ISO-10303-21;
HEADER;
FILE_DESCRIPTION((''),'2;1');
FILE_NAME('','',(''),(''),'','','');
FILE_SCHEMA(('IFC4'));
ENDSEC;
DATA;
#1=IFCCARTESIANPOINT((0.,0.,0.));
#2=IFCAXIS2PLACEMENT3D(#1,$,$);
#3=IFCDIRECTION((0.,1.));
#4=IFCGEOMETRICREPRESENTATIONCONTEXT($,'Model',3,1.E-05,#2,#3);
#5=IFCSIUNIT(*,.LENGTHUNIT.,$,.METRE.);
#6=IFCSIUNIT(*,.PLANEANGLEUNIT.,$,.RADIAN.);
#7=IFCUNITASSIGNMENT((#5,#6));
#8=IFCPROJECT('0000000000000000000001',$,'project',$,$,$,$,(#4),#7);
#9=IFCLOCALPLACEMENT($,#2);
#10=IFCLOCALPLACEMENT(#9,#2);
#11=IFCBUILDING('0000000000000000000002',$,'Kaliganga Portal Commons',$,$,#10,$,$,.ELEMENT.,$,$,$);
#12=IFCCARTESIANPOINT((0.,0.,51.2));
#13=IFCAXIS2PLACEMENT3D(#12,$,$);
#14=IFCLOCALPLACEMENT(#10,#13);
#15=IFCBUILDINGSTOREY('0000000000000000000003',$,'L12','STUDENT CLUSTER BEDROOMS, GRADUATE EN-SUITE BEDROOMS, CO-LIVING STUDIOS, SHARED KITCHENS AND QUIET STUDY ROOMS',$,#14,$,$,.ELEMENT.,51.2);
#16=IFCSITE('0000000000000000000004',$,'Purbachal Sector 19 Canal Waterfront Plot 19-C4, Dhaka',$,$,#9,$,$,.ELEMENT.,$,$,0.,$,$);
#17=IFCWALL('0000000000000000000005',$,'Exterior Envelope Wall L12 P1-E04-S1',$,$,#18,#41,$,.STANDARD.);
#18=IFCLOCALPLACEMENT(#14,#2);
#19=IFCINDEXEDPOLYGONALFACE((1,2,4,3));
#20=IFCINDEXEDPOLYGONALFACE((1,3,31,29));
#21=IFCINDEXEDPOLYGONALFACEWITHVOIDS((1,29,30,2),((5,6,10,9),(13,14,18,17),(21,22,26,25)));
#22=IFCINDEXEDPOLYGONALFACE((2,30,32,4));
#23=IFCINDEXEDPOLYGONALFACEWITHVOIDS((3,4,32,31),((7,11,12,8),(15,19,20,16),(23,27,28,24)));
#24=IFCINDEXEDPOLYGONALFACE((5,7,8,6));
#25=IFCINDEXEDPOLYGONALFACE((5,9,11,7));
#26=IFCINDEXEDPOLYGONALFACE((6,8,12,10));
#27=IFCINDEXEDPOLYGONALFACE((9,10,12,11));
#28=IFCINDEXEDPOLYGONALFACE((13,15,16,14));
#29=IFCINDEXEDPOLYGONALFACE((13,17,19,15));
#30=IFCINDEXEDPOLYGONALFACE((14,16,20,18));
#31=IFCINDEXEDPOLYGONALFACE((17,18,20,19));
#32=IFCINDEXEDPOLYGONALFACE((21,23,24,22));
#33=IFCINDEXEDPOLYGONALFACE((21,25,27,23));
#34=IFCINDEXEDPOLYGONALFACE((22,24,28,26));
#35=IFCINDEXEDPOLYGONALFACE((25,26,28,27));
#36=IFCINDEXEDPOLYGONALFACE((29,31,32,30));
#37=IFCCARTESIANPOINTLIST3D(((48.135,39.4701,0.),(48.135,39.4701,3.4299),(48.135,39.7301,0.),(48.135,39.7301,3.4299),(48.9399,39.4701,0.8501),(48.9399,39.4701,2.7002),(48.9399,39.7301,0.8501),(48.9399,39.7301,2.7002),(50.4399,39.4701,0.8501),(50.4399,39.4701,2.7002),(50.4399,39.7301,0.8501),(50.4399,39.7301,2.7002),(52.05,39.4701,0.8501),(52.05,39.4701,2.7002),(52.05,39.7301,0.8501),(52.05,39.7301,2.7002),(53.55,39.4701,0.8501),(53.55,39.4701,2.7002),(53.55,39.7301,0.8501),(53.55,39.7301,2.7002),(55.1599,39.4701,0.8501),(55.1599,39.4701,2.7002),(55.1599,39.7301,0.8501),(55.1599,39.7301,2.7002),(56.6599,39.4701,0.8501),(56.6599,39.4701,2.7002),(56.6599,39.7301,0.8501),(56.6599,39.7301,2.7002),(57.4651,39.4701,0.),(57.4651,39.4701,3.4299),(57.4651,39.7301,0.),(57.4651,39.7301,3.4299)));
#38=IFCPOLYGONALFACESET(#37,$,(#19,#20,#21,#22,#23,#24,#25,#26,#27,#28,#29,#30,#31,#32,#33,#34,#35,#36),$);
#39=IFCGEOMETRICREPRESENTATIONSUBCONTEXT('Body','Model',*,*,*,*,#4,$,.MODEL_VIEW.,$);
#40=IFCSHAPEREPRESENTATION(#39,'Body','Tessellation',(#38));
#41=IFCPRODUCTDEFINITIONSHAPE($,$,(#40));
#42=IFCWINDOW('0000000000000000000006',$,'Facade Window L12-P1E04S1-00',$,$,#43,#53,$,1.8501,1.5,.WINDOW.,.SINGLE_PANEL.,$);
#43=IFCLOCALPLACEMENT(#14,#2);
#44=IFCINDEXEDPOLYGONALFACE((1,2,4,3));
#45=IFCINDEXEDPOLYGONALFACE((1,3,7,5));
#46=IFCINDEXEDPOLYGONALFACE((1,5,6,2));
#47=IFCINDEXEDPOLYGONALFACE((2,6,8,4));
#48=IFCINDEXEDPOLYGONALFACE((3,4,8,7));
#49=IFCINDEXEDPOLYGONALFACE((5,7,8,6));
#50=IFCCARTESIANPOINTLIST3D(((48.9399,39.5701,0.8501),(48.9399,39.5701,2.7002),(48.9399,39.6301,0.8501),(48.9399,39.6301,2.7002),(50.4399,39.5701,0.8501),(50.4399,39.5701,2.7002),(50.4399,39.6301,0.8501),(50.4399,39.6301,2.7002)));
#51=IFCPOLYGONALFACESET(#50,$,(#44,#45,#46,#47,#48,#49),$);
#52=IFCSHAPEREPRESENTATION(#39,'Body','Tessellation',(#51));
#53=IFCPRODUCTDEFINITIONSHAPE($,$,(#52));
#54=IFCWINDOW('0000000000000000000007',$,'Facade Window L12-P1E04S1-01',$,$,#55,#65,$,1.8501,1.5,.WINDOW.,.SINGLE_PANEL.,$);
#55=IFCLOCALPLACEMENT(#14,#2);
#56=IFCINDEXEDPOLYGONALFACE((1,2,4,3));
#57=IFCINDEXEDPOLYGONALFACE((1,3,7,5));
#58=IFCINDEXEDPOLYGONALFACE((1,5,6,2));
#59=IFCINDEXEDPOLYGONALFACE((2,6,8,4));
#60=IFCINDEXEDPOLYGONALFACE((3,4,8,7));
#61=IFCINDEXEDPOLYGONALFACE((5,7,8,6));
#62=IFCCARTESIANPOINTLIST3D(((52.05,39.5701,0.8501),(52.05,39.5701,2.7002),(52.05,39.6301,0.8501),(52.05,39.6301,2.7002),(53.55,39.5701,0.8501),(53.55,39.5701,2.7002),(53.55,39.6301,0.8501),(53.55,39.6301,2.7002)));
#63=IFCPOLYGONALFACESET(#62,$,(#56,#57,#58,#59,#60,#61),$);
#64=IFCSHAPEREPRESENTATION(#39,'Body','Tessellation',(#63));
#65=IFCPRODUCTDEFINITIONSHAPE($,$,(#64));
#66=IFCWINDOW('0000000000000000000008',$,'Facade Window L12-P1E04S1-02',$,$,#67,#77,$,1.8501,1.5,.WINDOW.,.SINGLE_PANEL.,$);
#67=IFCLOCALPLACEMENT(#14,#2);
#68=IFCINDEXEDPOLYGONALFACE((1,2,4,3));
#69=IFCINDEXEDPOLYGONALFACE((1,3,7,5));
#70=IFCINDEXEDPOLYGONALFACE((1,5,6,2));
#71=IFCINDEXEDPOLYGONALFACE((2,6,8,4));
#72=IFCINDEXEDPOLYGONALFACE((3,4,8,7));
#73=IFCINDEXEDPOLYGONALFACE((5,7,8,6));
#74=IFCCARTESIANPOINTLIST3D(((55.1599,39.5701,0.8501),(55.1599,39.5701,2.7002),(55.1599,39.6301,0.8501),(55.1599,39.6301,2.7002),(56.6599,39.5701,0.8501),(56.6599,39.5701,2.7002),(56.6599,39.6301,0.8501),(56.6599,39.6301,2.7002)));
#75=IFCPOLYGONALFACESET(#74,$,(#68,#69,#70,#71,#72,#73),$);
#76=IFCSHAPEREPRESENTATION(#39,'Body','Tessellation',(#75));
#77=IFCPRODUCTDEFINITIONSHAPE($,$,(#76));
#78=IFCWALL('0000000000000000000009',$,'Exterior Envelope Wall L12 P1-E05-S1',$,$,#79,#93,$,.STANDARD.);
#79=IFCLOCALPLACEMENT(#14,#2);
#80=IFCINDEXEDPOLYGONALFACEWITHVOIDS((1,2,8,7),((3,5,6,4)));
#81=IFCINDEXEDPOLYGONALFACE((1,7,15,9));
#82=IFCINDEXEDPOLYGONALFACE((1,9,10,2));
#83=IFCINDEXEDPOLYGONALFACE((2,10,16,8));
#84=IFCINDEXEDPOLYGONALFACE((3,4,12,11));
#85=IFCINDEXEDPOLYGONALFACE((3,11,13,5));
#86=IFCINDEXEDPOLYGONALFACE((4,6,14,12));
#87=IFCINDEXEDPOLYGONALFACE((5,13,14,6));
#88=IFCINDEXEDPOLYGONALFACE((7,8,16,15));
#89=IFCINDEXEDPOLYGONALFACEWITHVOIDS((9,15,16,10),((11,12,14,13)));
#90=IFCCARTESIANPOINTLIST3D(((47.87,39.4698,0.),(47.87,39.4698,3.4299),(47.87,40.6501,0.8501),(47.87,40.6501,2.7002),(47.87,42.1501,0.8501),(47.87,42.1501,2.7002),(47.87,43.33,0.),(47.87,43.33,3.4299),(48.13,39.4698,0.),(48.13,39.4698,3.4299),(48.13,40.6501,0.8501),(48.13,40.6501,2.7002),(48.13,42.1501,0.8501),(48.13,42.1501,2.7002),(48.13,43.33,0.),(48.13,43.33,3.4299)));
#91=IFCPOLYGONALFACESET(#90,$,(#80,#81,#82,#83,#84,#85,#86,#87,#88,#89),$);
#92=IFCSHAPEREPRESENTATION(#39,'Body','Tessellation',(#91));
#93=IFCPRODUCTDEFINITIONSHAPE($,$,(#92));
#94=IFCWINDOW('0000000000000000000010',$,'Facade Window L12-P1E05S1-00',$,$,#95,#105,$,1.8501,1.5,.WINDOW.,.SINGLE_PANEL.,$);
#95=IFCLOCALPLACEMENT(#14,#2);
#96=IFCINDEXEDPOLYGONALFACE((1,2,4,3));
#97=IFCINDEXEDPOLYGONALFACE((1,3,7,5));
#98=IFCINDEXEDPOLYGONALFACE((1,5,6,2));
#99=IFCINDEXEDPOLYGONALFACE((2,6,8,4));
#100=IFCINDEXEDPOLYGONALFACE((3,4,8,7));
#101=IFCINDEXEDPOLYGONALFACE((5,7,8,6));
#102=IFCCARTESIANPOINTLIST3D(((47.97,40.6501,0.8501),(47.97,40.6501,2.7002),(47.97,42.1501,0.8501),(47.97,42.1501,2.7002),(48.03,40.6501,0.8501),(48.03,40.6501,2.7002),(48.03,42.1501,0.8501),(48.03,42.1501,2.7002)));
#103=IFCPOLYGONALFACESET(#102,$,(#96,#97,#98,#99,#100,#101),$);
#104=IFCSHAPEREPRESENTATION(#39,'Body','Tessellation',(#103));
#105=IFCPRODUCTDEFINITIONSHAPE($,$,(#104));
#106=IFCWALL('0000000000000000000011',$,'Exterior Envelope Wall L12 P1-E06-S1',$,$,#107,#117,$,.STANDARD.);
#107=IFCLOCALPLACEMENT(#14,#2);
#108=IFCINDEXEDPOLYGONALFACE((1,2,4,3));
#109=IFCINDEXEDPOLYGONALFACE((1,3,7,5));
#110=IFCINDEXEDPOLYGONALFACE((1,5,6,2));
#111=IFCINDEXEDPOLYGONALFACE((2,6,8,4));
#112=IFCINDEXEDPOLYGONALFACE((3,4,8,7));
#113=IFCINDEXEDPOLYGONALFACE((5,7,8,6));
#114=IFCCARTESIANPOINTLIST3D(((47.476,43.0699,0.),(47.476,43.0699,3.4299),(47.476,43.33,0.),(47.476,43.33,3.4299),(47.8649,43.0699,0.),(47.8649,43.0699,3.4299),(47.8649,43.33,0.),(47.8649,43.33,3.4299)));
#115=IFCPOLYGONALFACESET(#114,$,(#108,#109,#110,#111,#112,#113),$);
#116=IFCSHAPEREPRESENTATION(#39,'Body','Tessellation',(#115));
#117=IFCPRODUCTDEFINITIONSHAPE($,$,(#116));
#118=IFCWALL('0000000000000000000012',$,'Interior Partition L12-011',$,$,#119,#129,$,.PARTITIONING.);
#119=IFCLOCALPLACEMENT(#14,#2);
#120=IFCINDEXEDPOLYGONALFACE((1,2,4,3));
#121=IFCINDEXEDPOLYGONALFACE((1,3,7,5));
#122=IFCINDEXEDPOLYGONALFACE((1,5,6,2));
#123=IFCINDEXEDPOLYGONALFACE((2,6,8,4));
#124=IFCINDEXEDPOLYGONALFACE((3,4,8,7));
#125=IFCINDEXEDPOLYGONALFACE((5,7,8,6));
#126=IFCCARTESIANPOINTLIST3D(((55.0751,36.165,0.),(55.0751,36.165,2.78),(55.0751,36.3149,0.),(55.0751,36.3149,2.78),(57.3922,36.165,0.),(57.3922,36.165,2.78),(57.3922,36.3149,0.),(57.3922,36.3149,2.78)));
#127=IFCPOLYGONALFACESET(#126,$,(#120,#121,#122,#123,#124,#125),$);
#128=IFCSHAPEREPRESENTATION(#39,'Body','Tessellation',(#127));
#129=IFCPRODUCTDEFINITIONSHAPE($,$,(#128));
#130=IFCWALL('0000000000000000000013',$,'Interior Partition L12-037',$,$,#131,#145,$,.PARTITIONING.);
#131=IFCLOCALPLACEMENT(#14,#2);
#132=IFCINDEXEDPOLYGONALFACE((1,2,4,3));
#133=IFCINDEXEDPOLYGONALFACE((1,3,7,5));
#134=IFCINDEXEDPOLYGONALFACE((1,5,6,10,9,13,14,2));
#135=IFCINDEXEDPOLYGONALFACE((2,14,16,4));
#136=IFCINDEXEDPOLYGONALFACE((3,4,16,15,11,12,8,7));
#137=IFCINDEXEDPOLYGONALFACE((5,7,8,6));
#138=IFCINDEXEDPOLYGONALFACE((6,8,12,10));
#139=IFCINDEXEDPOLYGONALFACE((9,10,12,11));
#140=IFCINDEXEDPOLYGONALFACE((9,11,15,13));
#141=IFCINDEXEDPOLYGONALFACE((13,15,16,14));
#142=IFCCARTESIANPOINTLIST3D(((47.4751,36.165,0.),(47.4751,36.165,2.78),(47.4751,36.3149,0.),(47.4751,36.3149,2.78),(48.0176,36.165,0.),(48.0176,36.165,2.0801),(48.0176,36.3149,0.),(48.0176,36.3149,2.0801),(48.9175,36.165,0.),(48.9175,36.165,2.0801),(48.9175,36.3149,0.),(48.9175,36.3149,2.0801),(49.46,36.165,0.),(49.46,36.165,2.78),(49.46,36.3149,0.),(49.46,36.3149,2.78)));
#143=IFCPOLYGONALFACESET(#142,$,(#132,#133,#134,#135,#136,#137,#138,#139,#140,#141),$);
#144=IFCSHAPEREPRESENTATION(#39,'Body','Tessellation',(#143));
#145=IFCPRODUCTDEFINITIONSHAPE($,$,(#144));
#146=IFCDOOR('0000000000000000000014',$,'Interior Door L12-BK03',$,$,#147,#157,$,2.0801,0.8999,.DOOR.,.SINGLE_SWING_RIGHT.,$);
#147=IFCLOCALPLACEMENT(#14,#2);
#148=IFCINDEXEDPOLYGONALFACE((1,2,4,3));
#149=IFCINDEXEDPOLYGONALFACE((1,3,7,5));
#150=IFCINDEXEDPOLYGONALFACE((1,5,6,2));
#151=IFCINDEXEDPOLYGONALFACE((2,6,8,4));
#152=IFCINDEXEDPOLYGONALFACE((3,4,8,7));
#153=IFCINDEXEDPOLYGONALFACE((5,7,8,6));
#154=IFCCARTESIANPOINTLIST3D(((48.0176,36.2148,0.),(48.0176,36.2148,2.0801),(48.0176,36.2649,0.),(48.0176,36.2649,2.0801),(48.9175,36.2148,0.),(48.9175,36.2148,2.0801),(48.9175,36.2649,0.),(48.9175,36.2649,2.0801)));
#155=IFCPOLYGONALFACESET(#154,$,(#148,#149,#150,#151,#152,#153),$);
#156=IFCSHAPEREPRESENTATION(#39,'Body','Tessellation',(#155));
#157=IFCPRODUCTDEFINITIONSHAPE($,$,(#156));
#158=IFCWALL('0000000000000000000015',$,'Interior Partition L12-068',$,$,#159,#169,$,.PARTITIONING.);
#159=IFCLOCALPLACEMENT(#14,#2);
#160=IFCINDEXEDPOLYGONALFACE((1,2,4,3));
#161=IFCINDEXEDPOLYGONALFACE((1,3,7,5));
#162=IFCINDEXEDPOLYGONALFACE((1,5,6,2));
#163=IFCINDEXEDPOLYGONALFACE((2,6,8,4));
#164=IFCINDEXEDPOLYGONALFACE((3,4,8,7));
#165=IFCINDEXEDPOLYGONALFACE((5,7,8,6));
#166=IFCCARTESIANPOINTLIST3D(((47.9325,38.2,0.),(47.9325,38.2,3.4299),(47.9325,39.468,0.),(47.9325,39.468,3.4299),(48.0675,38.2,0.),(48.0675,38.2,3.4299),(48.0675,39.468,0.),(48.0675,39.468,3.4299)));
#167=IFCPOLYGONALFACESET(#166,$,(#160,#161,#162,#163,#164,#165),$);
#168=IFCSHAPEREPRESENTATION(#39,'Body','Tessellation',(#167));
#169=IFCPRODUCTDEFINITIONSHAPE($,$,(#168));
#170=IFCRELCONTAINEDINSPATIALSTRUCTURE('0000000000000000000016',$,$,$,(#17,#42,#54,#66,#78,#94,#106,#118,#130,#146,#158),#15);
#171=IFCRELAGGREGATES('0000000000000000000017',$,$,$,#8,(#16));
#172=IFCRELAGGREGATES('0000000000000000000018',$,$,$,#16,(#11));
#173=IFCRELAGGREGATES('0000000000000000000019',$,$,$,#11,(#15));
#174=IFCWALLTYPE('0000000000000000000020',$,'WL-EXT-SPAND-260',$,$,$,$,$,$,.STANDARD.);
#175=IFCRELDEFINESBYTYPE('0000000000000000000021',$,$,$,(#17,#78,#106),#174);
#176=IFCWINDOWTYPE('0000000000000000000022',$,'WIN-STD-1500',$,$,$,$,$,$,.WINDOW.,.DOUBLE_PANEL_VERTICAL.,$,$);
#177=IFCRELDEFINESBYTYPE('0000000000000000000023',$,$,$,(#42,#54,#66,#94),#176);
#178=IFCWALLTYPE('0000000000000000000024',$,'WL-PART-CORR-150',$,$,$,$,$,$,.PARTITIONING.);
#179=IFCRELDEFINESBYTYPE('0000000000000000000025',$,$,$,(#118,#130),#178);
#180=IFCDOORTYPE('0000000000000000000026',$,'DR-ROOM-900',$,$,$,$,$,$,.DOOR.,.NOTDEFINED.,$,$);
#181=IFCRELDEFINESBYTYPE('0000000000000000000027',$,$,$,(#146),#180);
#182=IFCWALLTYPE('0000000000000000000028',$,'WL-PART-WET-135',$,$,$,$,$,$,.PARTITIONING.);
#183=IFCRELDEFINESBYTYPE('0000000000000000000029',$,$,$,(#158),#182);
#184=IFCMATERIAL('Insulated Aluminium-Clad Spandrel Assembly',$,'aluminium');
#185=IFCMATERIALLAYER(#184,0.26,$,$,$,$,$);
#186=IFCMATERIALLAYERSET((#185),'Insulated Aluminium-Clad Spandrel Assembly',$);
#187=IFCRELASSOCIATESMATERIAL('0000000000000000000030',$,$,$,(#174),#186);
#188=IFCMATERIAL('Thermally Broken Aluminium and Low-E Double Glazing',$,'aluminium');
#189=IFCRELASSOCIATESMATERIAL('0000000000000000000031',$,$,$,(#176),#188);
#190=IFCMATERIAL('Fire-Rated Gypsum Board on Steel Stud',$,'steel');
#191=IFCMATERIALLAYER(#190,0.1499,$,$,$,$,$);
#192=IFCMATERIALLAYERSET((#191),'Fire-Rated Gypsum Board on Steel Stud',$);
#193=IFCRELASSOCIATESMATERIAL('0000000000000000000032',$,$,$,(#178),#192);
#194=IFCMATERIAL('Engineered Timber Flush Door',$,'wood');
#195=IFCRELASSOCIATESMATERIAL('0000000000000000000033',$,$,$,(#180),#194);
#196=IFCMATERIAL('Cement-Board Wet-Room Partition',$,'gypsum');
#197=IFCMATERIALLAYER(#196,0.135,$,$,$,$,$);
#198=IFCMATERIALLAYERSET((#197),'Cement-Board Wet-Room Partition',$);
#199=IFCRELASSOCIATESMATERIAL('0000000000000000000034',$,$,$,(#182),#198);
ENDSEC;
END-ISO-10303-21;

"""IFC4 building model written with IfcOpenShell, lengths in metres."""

from ifc_helpers import new_model, si_unit, direction, frame, frame_2d, origin, place, context, subcontext, project, spatial, rectangle, extrude, material, layer, layer_set, type_object, element, fill, save


model = new_model("IFC4")

# Units and contexts
model_context = context("Model", 3, precision=1e-05, world=origin(), true_north=direction((0.0, 1.0)))
body_context = subcontext(model_context, "Body", "Model", "MODEL_VIEW")
ifc_project = project(units=[si_unit("LENGTHUNIT", "METRE"), si_unit("PLANEANGLEUNIT", "RADIAN")], contexts=[model_context])

# Site, building, storey
site_placement = place(None, origin())
site = spatial("IfcSite", under=ifc_project, at=site_placement, Name="Purbachal Sector 19 Canal Waterfront Plot 19-C4, Dhaka", CompositionType="ELEMENT", RefElevation=0.0)
building_placement = place(site_placement, origin())
building = spatial("IfcBuilding", under=site, at=building_placement, Name="Kaliganga Portal Commons", CompositionType="ELEMENT")
storey_placement = place(building_placement, frame((0.0, 0.0, 51.2)))
storey = spatial("IfcBuildingStorey", under=building, at=storey_placement, Name="L12", Description="STUDENT CLUSTER BEDROOMS, GRADUATE EN-SUITE BEDROOMS, CO-LIVING STUDIOS, SHARED KITCHENS AND QUIET STUDY ROOMS", CompositionType="ELEMENT", Elevation=51.2)

# Wall, openings, windows
ifc_material_1 = material(Name="Insulated Aluminium-Clad Spandrel Assembly", Category="aluminium")
ifc_layer_1 = layer(ifc_material_1, 0.26)
ifc_layer_set_1 = layer_set([ifc_layer_1], Name="Insulated Aluminium-Clad Spandrel Assembly")
wall_type_1 = type_object("IfcWallType", Name="WL-EXT-SPAND-260", PredefinedType="STANDARD", material=ifc_layer_set_1)
ifc_material_2 = material(Name="Thermally Broken Aluminium and Low-E Double Glazing", Category="aluminium")
wall_1_placement = place(storey_placement, frame((48.135, 39.6001, 0.0), z_axis=(0.0, 0.0, 1.0), x_axis=(1.0, 0.0, 0.0)))
wall_1 = element("IfcWall", 1, at=wall_1_placement, inside=storey, type_object=wall_type_1, Name="Exterior Envelope Wall L12 P1-E04-S1", PredefinedType="STANDARD", context=body_context, shape_type="SweptSolid", body=[
    extrude(rectangle(XDim=9.3301, YDim=0.26, at=frame_2d((4.665, 0.0))), origin(), (0.0, 0.0, 1.0), 3.4299),
])
opening_1_placement = place(wall_1_placement, frame((0.8049, 0.0, 0.8501)))
opening_1 = element("IfcOpeningElement", 2, at=opening_1_placement, cuts=wall_1, PredefinedType="OPENING", context=body_context, shape_type="SweptSolid", body=[
    extrude(rectangle(XDim=1.5, YDim=1.8501, at=frame_2d((0.75, 0.925))), frame((0.0, 0.1401, 0.0), z_axis=(0.0, -1.0, 0.0), x_axis=(1.0, 0.0, 0.0)), (0.0, 0.0, 1.0), 0.28),
])
opening_2_placement = place(wall_1_placement, frame((3.915, 0.0, 0.8501)))
opening_2 = element("IfcOpeningElement", 3, at=opening_2_placement, cuts=wall_1, PredefinedType="OPENING", context=body_context, shape_type="SweptSolid", body=[
    extrude(rectangle(XDim=1.5, YDim=1.8501, at=frame_2d((0.75, 0.925))), frame((0.0, 0.1401, 0.0), z_axis=(0.0, -1.0, 0.0), x_axis=(1.0, 0.0, 0.0)), (0.0, 0.0, 1.0), 0.28),
])
opening_3_placement = place(wall_1_placement, frame((7.0249, 0.0, 0.8501)))
opening_3 = element("IfcOpeningElement", 4, at=opening_3_placement, cuts=wall_1, PredefinedType="OPENING", context=body_context, shape_type="SweptSolid", body=[
    extrude(rectangle(XDim=1.5, YDim=1.8501, at=frame_2d((0.75, 0.925))), frame((0.0, 0.1401, 0.0), z_axis=(0.0, -1.0, 0.0), x_axis=(1.0, 0.0, 0.0)), (0.0, 0.0, 1.0), 0.28),
])
window_type_1 = type_object("IfcWindowType", Name="WIN-STD-1500", PartitioningType="DOUBLE_PANEL_VERTICAL", PredefinedType="WINDOW", material=ifc_material_2)
window_1_placement = place(opening_1_placement, origin())
window_1 = element("IfcWindow", 5, at=window_1_placement, inside=storey, type_object=window_type_1, Name="Facade Window L12-P1E04S1-00", OverallHeight=1.8501, OverallWidth=1.5, PartitioningType="SINGLE_PANEL", PredefinedType="WINDOW", context=body_context, shape_type="SweptSolid", body=[
    extrude(rectangle(XDim=1.5, YDim=1.8501, at=frame_2d((0.75, 0.925))), frame((0.0, 0.03, 0.0), z_axis=(0.0, -1.0, 0.0), x_axis=(1.0, 0.0, 0.0)), (0.0, 0.0, 1.0), 0.0601),
])
fill(opening_1, window_1)
window_2_placement = place(opening_2_placement, origin())
window_2 = element("IfcWindow", 6, at=window_2_placement, inside=storey, type_object=window_type_1, Name="Facade Window L12-P1E04S1-01", OverallHeight=1.8501, OverallWidth=1.5, PartitioningType="SINGLE_PANEL", PredefinedType="WINDOW", context=body_context, shape_type="SweptSolid", body=[
    extrude(rectangle(XDim=1.5, YDim=1.8501, at=frame_2d((0.75, 0.925))), frame((0.0, 0.03, 0.0), z_axis=(0.0, -1.0, 0.0), x_axis=(1.0, 0.0, 0.0)), (0.0, 0.0, 1.0), 0.0601),
])
fill(opening_2, window_2)
window_3_placement = place(opening_3_placement, origin())
window_3 = element("IfcWindow", 7, at=window_3_placement, inside=storey, type_object=window_type_1, Name="Facade Window L12-P1E04S1-02", OverallHeight=1.8501, OverallWidth=1.5, PartitioningType="SINGLE_PANEL", PredefinedType="WINDOW", context=body_context, shape_type="SweptSolid", body=[
    extrude(rectangle(XDim=1.5, YDim=1.8501, at=frame_2d((0.75, 0.925))), frame((0.0, 0.03, 0.0), z_axis=(0.0, -1.0, 0.0), x_axis=(1.0, 0.0, 0.0)), (0.0, 0.0, 1.0), 0.0601),
])
fill(opening_3, window_3)

# Wall, opening, window
wall_2_placement = place(storey_placement, frame((48.0, 43.3301, 0.0), z_axis=(0.0, 0.0, 1.0), x_axis=(0.0, -1.0, 0.0)))
wall_2 = element("IfcWall", 8, at=wall_2_placement, inside=storey, type_object=wall_type_1, Name="Exterior Envelope Wall L12 P1-E05-S1", PredefinedType="STANDARD", context=body_context, shape_type="SweptSolid", body=[
    extrude(rectangle(XDim=3.8601, YDim=0.26, at=frame_2d((1.9302, 0.0))), origin(), (0.0, 0.0, 1.0), 3.4299),
])
opening_4_placement = place(wall_2_placement, frame((1.1799, 0.0, 0.8501)))
opening_4 = element("IfcOpeningElement", 9, at=opening_4_placement, cuts=wall_2, PredefinedType="OPENING", context=body_context, shape_type="SweptSolid", body=[
    extrude(rectangle(XDim=1.5, YDim=1.8501, at=frame_2d((0.75, 0.925))), frame((0.0, 0.1401, 0.0), z_axis=(0.0, -1.0, 0.0), x_axis=(1.0, 0.0, 0.0)), (0.0, 0.0, 1.0), 0.28),
])
window_4_placement = place(opening_4_placement, origin())
window_4 = element("IfcWindow", 10, at=window_4_placement, inside=storey, type_object=window_type_1, Name="Facade Window L12-P1E05S1-00", OverallHeight=1.8501, OverallWidth=1.5, PartitioningType="SINGLE_PANEL", PredefinedType="WINDOW", context=body_context, shape_type="SweptSolid", body=[
    extrude(rectangle(XDim=1.5, YDim=1.8501, at=frame_2d((0.75, 0.925))), frame((0.0, 0.03, 0.0), z_axis=(0.0, -1.0, 0.0), x_axis=(1.0, 0.0, 0.0)), (0.0, 0.0, 1.0), 0.0601),
])
fill(opening_4, window_4)

# Wall
wall_3_placement = place(storey_placement, frame((47.4761, 43.2, 0.0), z_axis=(0.0, 0.0, 1.0), x_axis=(1.0, 0.0, 0.0)))
element("IfcWall", 11, at=wall_3_placement, inside=storey, type_object=wall_type_1, Name="Exterior Envelope Wall L12 P1-E06-S1", PredefinedType="STANDARD", context=body_context, shape_type="SweptSolid", body=[
    extrude(rectangle(XDim=0.3889, YDim=0.26, at=frame_2d((0.1943, 0.0))), origin(), (0.0, 0.0, 1.0), 3.4299),
])

# Shared definitions
ifc_material_3 = material(Name="Fire-Rated Gypsum Board on Steel Stud", Category="steel")
ifc_layer_2 = layer(ifc_material_3, 0.1499)
ifc_layer_set_2 = layer_set([ifc_layer_2], Name="Fire-Rated Gypsum Board on Steel Stud")
wall_type_2 = type_object("IfcWallType", Name="WL-PART-CORR-150", PredefinedType="PARTITIONING", material=ifc_layer_set_2)

# Wall
wall_4_placement = place(storey_placement, frame((55.075, 36.24, 0.0), z_axis=(0.0, 0.0, 1.0), x_axis=(1.0, 0.0, 0.0)))
element("IfcWall", 12, at=wall_4_placement, inside=storey, type_object=wall_type_2, Name="Interior Partition L12-011", PredefinedType="PARTITIONING", context=body_context, shape_type="SweptSolid", body=[
    extrude(rectangle(XDim=2.3171, YDim=0.1499, at=frame_2d((1.1587, 0.0))), origin(), (0.0, 0.0, 1.0), 2.78),
])

# Wall, opening, door
wall_5_placement = place(storey_placement, frame((47.4751, 36.24, 0.0), z_axis=(0.0, 0.0, 1.0), x_axis=(1.0, 0.0, 0.0)))
wall_5 = element("IfcWall", 13, at=wall_5_placement, inside=storey, type_object=wall_type_2, Name="Interior Partition L12-037", PredefinedType="PARTITIONING", context=body_context, shape_type="SweptSolid", body=[
    extrude(rectangle(XDim=1.9849, YDim=0.1499, at=frame_2d((0.9924, 0.0))), origin(), (0.0, 0.0, 1.0), 2.78),
])
opening_5_placement = place(wall_5_placement, frame((0.5425, 0.0, 0.0)))
opening_5 = element("IfcOpeningElement", 14, at=opening_5_placement, cuts=wall_5, PredefinedType="OPENING", context=body_context, shape_type="SweptSolid", body=[
    extrude(rectangle(XDim=0.8999, YDim=2.0801, at=frame_2d((0.45, 1.04))), frame((0.0, 0.085, 0.0), z_axis=(0.0, -1.0, 0.0), x_axis=(1.0, 0.0, 0.0)), (0.0, 0.0, 1.0), 0.1699),
])
ifc_material_4 = material(Name="Engineered Timber Flush Door", Category="wood")
door_type_1 = type_object("IfcDoorType", Name="DR-ROOM-900", OperationType="NOTDEFINED", PredefinedType="DOOR", material=ifc_material_4)
door_1_placement = place(opening_5_placement, origin())
door_1 = element("IfcDoor", 15, at=door_1_placement, inside=storey, type_object=door_type_1, Name="Interior Door L12-BK03", OperationType="SINGLE_SWING_RIGHT", OverallHeight=2.0801, OverallWidth=0.8999, PredefinedType="DOOR", context=body_context, shape_type="SweptSolid", body=[
    extrude(rectangle(XDim=0.8999, YDim=2.0801, at=frame_2d((0.45, 1.04))), frame((0.0, 0.0249, 0.0), z_axis=(0.0, -1.0, 0.0), x_axis=(1.0, 0.0, 0.0)), (0.0, 0.0, 1.0), 0.05),
])
fill(opening_5, door_1)

# Wall
ifc_material_5 = material(Name="Cement-Board Wet-Room Partition", Category="gypsum")
ifc_layer_3 = layer(ifc_material_5, 0.135)
ifc_layer_set_3 = layer_set([ifc_layer_3], Name="Cement-Board Wet-Room Partition")
wall_type_3 = type_object("IfcWallType", Name="WL-PART-WET-135", PredefinedType="PARTITIONING", material=ifc_layer_set_3)
wall_6_placement = place(storey_placement, frame((48.0, 38.2, 0.0), z_axis=(0.0, 0.0, 1.0), x_axis=(0.0, 1.0, 0.0)))
element("IfcWall", 16, at=wall_6_placement, inside=storey, type_object=wall_type_3, Name="Interior Partition L12-068", PredefinedType="PARTITIONING", context=body_context, shape_type="SweptSolid", body=[
    extrude(rectangle(XDim=1.2681, YDim=0.135, at=frame_2d((0.634, 0.0))), origin(), (0.0, 0.0, 1.0), 3.4299),
])

save(model, "model.ifc")
